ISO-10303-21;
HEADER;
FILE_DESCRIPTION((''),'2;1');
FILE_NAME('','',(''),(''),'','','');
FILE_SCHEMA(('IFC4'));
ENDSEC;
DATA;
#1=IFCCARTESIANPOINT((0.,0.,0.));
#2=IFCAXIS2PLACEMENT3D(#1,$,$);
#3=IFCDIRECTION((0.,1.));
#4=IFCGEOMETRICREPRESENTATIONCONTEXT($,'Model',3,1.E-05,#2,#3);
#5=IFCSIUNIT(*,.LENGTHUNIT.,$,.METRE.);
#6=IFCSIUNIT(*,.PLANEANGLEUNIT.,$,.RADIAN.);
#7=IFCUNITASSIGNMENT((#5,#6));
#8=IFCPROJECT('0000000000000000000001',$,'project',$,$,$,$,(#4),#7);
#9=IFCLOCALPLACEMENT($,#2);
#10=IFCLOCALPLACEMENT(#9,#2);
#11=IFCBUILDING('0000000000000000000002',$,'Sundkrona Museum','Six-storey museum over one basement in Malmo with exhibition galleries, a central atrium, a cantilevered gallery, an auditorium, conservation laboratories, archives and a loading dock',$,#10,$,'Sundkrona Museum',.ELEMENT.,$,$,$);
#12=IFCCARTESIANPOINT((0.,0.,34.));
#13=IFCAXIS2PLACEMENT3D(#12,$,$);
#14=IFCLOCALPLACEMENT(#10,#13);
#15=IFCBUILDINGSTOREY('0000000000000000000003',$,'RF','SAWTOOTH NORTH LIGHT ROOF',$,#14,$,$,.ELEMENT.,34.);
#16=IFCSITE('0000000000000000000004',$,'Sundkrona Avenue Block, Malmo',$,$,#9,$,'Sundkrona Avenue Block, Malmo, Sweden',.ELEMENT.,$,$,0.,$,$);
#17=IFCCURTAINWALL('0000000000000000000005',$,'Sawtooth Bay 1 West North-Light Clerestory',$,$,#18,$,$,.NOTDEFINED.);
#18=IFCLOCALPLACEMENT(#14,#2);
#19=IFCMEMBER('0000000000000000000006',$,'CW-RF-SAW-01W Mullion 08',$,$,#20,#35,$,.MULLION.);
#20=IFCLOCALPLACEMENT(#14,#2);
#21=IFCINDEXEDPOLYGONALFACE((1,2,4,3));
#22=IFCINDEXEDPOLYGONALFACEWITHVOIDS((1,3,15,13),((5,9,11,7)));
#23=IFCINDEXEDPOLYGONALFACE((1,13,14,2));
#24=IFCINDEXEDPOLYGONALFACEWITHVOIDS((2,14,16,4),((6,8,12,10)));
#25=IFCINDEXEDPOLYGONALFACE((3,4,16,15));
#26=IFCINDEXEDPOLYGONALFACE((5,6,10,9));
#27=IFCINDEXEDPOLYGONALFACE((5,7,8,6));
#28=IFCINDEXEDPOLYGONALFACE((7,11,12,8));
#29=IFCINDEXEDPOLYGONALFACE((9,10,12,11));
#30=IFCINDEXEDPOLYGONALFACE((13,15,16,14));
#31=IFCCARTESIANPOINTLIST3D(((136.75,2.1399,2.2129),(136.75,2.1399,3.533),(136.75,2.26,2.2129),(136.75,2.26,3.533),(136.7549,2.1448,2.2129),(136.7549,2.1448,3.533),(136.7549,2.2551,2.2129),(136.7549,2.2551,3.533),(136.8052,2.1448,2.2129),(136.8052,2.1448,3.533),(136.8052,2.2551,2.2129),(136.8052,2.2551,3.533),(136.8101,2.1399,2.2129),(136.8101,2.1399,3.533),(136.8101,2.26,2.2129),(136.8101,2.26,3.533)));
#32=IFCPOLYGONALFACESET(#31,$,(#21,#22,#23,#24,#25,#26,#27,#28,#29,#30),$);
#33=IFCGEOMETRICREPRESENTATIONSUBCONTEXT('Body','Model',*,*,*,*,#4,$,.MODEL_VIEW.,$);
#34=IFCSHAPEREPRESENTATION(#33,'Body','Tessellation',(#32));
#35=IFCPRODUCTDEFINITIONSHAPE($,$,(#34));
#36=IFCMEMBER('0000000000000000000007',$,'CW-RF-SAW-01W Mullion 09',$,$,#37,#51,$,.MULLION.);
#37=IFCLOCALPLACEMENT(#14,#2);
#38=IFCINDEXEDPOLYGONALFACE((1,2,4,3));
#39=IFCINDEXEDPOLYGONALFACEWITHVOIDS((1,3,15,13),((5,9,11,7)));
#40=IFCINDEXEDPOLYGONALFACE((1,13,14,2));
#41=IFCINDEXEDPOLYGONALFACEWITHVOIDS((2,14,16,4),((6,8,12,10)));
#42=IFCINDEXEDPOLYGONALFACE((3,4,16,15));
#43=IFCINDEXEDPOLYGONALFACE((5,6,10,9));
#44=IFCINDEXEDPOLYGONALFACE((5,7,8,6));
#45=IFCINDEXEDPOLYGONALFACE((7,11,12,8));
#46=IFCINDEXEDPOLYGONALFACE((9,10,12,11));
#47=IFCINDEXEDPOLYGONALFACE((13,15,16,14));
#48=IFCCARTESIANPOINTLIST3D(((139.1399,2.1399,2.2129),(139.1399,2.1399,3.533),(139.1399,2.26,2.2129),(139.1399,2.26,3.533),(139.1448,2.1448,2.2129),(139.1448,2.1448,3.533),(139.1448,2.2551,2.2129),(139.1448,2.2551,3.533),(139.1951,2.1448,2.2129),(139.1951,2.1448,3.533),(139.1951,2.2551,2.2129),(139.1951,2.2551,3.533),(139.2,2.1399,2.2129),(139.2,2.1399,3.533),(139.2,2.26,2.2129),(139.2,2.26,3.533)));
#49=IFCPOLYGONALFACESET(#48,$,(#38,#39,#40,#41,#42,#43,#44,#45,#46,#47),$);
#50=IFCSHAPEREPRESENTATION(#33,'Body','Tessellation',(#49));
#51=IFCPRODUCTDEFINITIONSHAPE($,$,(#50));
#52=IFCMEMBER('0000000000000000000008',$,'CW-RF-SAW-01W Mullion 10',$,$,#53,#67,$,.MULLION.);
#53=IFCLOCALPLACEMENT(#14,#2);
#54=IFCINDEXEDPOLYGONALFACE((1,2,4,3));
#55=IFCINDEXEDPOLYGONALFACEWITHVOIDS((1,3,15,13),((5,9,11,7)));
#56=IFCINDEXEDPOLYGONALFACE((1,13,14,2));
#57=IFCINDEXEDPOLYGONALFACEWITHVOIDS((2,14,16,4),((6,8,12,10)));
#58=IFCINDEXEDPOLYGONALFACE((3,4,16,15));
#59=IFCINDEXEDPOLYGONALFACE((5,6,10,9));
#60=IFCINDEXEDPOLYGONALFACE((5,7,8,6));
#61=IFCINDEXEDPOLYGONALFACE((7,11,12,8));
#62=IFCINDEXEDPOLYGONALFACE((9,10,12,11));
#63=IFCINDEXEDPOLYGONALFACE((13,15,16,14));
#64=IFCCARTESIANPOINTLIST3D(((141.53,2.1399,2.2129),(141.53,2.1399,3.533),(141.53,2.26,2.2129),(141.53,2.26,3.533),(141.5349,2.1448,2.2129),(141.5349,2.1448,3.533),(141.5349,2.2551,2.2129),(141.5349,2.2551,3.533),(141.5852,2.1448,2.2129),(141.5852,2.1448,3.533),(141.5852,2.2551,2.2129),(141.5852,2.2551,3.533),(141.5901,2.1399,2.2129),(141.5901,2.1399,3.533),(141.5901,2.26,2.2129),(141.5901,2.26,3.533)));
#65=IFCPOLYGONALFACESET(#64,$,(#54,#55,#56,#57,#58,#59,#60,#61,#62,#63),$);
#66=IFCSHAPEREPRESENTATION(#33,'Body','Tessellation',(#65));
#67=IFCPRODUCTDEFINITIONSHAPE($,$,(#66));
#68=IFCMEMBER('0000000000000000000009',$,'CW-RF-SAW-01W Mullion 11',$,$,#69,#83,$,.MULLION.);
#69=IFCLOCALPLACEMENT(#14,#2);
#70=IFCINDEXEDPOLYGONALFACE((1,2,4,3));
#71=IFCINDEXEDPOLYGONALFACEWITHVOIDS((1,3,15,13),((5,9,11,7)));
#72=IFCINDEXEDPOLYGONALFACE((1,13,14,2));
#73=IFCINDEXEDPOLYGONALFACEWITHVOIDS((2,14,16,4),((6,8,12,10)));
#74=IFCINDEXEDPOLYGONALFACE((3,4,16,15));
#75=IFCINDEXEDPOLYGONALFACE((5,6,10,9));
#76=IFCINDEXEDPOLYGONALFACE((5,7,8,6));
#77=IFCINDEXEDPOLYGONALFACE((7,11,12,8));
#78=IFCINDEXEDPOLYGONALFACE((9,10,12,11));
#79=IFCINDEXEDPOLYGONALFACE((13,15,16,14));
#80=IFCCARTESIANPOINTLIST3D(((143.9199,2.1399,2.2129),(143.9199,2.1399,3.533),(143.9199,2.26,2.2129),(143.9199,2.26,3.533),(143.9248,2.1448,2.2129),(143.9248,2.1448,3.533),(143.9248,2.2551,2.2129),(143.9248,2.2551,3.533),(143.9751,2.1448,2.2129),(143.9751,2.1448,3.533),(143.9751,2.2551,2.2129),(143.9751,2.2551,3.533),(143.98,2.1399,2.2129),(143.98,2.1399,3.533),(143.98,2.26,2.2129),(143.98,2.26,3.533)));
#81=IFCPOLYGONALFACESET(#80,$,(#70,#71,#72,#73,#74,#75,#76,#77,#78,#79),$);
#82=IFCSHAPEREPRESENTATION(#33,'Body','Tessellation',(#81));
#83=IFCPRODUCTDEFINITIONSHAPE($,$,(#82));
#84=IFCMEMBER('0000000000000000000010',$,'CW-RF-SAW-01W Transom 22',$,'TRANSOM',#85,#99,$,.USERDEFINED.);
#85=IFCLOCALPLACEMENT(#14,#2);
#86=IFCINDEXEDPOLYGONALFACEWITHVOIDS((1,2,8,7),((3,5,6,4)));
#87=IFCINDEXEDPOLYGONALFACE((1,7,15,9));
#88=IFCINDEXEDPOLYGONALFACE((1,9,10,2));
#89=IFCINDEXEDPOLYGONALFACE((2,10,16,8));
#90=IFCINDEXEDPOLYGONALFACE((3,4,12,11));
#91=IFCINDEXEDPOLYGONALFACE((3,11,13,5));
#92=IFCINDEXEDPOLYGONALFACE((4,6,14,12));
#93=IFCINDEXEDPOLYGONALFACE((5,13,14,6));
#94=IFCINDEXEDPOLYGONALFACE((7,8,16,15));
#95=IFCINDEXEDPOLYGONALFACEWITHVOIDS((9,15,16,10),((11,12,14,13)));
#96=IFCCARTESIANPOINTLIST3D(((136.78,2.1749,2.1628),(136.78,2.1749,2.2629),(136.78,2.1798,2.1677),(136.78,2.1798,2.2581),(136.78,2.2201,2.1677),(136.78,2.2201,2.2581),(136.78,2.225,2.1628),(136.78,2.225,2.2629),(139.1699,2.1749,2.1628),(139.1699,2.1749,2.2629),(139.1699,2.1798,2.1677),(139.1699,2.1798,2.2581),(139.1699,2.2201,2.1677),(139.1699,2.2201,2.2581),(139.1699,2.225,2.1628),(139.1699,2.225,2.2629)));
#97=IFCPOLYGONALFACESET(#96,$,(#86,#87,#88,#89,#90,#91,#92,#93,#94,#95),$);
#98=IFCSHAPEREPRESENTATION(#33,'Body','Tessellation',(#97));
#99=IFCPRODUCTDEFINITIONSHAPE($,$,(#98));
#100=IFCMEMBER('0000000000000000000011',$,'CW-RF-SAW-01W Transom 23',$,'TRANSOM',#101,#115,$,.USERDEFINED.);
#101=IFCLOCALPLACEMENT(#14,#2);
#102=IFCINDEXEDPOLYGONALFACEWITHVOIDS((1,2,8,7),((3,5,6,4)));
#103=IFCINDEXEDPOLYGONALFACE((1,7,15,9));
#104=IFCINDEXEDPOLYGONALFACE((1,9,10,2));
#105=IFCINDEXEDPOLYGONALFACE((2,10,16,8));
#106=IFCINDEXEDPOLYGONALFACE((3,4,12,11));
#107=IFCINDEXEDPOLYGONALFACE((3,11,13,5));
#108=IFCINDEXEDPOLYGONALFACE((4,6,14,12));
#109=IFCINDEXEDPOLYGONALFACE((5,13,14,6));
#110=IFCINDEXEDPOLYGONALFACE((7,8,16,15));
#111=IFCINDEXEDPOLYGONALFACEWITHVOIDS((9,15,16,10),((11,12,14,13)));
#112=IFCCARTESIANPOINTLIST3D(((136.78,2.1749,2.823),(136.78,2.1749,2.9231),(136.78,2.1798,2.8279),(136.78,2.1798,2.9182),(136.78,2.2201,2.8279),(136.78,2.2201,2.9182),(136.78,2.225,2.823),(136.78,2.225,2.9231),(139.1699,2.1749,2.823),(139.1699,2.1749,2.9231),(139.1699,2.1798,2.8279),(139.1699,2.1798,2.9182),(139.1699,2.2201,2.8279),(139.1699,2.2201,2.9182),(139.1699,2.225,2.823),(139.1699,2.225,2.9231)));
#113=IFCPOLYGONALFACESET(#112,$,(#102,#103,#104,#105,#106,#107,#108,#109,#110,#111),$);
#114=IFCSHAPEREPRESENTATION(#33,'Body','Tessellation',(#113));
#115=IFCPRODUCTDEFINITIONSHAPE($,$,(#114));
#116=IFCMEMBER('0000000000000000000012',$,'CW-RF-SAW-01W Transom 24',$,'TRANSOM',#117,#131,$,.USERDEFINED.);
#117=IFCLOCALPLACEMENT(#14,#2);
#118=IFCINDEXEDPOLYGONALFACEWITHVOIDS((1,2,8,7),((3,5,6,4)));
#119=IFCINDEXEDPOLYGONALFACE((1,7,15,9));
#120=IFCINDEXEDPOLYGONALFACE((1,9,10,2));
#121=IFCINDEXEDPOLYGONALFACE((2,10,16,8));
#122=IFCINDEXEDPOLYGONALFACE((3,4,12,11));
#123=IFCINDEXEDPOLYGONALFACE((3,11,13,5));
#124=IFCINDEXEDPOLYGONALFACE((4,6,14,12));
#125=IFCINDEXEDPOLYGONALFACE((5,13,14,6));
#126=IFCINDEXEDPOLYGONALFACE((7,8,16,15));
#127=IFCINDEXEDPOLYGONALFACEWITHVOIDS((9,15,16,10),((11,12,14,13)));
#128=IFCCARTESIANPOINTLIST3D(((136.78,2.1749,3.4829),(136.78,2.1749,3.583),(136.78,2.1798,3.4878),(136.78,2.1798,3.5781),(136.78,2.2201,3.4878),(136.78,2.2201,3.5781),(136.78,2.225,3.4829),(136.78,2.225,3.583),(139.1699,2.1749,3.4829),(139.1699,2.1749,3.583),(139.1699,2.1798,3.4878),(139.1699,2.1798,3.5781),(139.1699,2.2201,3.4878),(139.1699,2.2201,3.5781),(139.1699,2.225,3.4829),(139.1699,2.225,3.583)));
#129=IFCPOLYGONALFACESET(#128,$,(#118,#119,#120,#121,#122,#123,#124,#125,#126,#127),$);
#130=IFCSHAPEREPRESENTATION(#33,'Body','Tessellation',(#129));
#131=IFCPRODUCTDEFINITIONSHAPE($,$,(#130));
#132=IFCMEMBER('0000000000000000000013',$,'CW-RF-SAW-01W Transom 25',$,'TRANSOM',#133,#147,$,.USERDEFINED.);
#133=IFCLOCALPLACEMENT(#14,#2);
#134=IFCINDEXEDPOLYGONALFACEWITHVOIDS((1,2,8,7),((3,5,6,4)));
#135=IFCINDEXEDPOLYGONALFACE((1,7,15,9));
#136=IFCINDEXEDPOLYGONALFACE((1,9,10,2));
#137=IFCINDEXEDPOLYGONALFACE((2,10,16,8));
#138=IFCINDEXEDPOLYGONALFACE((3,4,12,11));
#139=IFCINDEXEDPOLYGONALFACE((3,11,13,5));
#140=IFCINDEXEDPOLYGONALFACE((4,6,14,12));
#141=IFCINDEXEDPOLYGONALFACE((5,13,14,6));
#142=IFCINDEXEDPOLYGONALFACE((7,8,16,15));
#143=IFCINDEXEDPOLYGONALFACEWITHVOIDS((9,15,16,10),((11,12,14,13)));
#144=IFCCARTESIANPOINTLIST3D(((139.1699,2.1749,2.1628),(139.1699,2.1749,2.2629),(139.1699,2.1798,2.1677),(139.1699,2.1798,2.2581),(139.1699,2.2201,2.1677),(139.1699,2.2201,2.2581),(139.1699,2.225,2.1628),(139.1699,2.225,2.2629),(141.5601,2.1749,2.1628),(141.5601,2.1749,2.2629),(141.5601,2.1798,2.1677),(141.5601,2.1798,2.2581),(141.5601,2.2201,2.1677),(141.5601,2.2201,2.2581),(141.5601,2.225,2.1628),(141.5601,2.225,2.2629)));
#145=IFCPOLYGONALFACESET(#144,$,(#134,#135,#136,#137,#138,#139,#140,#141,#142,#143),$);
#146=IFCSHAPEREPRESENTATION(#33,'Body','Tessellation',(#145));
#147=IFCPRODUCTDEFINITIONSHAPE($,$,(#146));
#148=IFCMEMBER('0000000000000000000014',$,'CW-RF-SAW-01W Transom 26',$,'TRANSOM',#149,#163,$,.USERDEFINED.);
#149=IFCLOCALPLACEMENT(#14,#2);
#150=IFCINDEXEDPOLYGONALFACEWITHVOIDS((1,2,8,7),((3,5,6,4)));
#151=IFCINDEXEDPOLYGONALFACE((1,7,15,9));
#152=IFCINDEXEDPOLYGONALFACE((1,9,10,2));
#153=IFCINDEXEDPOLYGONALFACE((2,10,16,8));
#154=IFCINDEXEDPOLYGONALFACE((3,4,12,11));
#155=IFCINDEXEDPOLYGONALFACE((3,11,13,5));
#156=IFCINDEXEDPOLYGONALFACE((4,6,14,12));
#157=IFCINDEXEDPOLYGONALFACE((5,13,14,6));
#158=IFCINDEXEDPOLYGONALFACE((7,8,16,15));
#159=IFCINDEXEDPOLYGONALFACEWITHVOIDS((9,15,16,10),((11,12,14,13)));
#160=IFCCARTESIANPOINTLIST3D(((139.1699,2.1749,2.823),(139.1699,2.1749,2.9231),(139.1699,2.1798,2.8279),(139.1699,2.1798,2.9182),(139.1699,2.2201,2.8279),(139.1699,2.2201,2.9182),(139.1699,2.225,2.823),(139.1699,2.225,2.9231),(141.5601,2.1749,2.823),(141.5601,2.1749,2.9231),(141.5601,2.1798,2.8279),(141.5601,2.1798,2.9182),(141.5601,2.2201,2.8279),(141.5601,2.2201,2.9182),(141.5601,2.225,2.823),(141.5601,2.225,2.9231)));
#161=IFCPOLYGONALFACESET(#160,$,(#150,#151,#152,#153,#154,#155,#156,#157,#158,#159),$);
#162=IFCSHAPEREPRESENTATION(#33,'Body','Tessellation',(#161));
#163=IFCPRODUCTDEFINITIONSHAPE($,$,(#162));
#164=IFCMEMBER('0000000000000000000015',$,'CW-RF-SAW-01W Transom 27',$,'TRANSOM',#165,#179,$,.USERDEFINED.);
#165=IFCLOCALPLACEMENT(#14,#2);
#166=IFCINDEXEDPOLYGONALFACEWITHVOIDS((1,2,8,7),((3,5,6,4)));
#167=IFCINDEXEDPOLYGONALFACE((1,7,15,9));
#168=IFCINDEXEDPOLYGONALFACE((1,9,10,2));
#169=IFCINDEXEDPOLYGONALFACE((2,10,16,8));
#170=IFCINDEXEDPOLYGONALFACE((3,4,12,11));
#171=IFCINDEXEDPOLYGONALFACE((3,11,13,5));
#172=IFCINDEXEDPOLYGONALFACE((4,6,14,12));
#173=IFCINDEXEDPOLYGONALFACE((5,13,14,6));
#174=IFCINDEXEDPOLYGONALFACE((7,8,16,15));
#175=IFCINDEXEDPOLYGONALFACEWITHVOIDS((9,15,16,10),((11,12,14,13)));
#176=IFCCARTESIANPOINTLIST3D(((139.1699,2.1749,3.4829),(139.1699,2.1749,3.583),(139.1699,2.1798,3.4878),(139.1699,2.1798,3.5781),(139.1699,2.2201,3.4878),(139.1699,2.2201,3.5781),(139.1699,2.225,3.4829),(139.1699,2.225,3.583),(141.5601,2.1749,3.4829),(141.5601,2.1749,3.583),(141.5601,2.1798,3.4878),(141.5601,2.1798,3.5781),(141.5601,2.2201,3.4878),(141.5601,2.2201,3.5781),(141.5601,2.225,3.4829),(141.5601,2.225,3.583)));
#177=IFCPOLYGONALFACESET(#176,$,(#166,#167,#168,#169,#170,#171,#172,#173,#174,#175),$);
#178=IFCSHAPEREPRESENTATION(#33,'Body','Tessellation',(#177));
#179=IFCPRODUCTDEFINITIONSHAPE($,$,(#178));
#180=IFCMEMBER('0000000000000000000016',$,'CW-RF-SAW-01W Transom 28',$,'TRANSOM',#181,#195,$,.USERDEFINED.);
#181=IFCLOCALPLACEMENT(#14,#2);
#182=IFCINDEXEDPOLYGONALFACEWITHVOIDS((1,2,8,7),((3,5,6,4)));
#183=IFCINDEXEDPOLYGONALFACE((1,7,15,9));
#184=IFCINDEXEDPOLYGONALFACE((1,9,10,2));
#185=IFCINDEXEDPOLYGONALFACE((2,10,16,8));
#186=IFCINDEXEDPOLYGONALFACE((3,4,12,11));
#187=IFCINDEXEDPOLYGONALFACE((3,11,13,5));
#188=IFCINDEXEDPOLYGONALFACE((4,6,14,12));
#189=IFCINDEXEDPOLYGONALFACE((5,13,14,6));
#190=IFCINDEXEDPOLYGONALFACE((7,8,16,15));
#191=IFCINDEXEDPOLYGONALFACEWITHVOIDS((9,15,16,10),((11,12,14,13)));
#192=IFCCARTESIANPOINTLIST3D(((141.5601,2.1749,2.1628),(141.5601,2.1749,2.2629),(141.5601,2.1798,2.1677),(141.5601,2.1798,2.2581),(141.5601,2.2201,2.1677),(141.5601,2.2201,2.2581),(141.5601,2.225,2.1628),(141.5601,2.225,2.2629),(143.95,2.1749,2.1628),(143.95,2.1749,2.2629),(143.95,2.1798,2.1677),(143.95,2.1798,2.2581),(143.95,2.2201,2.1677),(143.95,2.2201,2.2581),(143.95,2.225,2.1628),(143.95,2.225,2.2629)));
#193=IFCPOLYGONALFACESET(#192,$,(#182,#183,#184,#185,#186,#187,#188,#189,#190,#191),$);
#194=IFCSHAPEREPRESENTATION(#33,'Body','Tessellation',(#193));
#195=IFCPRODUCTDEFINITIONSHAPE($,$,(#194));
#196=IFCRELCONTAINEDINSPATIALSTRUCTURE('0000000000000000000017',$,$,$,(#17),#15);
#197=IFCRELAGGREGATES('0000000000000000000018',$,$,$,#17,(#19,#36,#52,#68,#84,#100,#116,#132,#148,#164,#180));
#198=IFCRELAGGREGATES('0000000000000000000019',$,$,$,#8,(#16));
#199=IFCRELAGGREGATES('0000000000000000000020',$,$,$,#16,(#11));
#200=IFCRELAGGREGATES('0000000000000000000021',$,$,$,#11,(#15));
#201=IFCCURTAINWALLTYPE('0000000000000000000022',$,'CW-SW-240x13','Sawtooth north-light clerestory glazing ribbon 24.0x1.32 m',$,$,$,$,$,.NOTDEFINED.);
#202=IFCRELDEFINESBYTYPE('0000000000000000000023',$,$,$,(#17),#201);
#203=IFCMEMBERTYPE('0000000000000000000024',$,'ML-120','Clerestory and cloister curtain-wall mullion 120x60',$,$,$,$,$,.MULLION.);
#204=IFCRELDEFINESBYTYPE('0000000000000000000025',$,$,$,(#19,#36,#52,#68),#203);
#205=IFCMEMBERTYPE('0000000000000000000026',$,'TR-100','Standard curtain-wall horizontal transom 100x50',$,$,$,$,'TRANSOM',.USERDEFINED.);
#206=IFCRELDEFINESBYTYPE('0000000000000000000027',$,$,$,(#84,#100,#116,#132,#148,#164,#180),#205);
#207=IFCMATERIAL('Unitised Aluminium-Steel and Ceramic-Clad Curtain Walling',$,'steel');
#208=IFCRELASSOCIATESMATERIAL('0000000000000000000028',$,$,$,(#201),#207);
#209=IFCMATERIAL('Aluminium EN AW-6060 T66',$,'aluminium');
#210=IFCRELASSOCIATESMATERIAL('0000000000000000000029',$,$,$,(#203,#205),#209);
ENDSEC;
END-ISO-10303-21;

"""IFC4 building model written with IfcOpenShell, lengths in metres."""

from ifc_helpers import new_model, si_unit, direction, frame, origin, origin_2d, place, context, subcontext, project, spatial, hollow_rectangle, extrude, material, material_profile, profile_set, type_object, element, aggregate, save


model = new_model("IFC4")

# Units and contexts
model_context = context("Model", 3, precision=1e-05, world=origin(), true_north=direction((0.0, 1.0)))
body_context = subcontext(model_context, "Body", "Model", "MODEL_VIEW")
ifc_project = project(units=[si_unit("LENGTHUNIT", "METRE"), si_unit("PLANEANGLEUNIT", "RADIAN")], contexts=[model_context])

# Site, building, storey
site_placement = place(None, origin())
site = spatial("IfcSite", under=ifc_project, at=site_placement, Name="Sundkrona Avenue Block, Malmo", LongName="Sundkrona Avenue Block, Malmo, Sweden", CompositionType="ELEMENT", RefElevation=0.0)
building_placement = place(site_placement, origin())
building = spatial("IfcBuilding", under=site, at=building_placement, Name="Sundkrona Museum", Description="Six-storey museum over one basement in Malmo with exhibition galleries, a central atrium, a cantilevered gallery, an auditorium, conservation laboratories, archives and a loading dock", LongName="Sundkrona Museum", CompositionType="ELEMENT")
storey_placement = place(building_placement, frame((0.0, 0.0, 34.0)))
storey = spatial("IfcBuildingStorey", under=building, at=storey_placement, Name="RF", Description="SAWTOOTH NORTH LIGHT ROOF", CompositionType="ELEMENT", Elevation=34.0)

# Curtain wall, members
ifc_material_1 = material(Name="Unitised Aluminium-Steel and Ceramic-Clad Curtain Walling", Category="steel")
curtain_wall_type = type_object("IfcCurtainWallType", Name="CW-SW-240x13", Description="Sawtooth north-light clerestory glazing ribbon 24.0x1.32 m", PredefinedType="NOTDEFINED", material=ifc_material_1)
curtain_wall_placement = place(storey_placement, origin())
curtain_wall = element("IfcCurtainWall", 1, at=curtain_wall_placement, inside=storey, type_object=curtain_wall_type, Name="Sawtooth Bay 1 West North-Light Clerestory", PredefinedType="NOTDEFINED")
ifc_material_2 = material(Name="Aluminium EN AW-6060 T66", Category="aluminium")
ifc_material_profile_1 = material_profile(ifc_material_2, hollow_rectangle(XDim=0.0601, YDim=0.1201, WallThickness=0.0049, at=origin_2d()), Name="RHS 120x60x5.0")
ifc_profile_set_1 = profile_set([ifc_material_profile_1], Name="Aluminium EN AW-6060 T66")
member_type_1 = type_object("IfcMemberType", Name="ML-120", Description="Clerestory and cloister curtain-wall mullion 120x60", PredefinedType="MULLION", material=ifc_profile_set_1)
member_1_placement = place(storey_placement, frame((136.78, 2.2, 2.2129), z_axis=(0.0, 0.0, 1.0), x_axis=(1.0, 0.0, 0.0)))
member_1 = element("IfcMember", 2, at=member_1_placement, type_object=member_type_1, Name="CW-RF-SAW-01W Mullion 08", PredefinedType="MULLION", context=body_context, shape_type="SweptSolid", body=[
    extrude(hollow_rectangle(XDim=0.0601, YDim=0.1201, WallThickness=0.0049, at=origin_2d()), origin(), (0.0, 0.0, 1.0), 1.3201),
])
member_2_placement = place(storey_placement, frame((139.1699, 2.2, 2.2129), z_axis=(0.0, 0.0, 1.0), x_axis=(1.0, 0.0, 0.0)))
member_2 = element("IfcMember", 3, at=member_2_placement, type_object=member_type_1, Name="CW-RF-SAW-01W Mullion 09", PredefinedType="MULLION", context=body_context, shape_type="SweptSolid", body=[
    extrude(hollow_rectangle(XDim=0.0601, YDim=0.1201, WallThickness=0.0049, at=origin_2d()), origin(), (0.0, 0.0, 1.0), 1.3201),
])
member_3_placement = place(storey_placement, frame((141.5601, 2.2, 2.2129), z_axis=(0.0, 0.0, 1.0), x_axis=(1.0, 0.0, 0.0)))
member_3 = element("IfcMember", 4, at=member_3_placement, type_object=member_type_1, Name="CW-RF-SAW-01W Mullion 10", PredefinedType="MULLION", context=body_context, shape_type="SweptSolid", body=[
    extrude(hollow_rectangle(XDim=0.0601, YDim=0.1201, WallThickness=0.0049, at=origin_2d()), origin(), (0.0, 0.0, 1.0), 1.3201),
])
member_4_placement = place(storey_placement, frame((143.95, 2.2, 2.2129), z_axis=(0.0, 0.0, 1.0), x_axis=(1.0, 0.0, 0.0)))
member_4 = element("IfcMember", 5, at=member_4_placement, type_object=member_type_1, Name="CW-RF-SAW-01W Mullion 11", PredefinedType="MULLION", context=body_context, shape_type="SweptSolid", body=[
    extrude(hollow_rectangle(XDim=0.0601, YDim=0.1201, WallThickness=0.0049, at=origin_2d()), origin(), (0.0, 0.0, 1.0), 1.3201),
])
ifc_material_profile_2 = material_profile(ifc_material_2, hollow_rectangle(XDim=0.05, YDim=0.1001, WallThickness=0.0049, at=origin_2d()), Name="RHS 100x50x5.0")
ifc_profile_set_2 = profile_set([ifc_material_profile_2], Name="Aluminium EN AW-6060 T66")
member_type_2 = type_object("IfcMemberType", Name="TR-100", Description="Standard curtain-wall horizontal transom 100x50", ElementType="TRANSOM", PredefinedType="USERDEFINED", material=ifc_profile_set_2)
member_5_placement = place(storey_placement, frame((136.78, 2.2, 2.2129), z_axis=(1.0, 0.0, 0.0), x_axis=(0.0, 1.0, 0.0)))
member_5 = element("IfcMember", 6, at=member_5_placement, type_object=member_type_2, Name="CW-RF-SAW-01W Transom 22", ObjectType="TRANSOM", PredefinedType="USERDEFINED", context=body_context, shape_type="SweptSolid", body=[
    extrude(hollow_rectangle(XDim=0.05, YDim=0.1001, WallThickness=0.0049, at=origin_2d()), origin(), (0.0, 0.0, 1.0), 2.3899),
])
member_6_placement = place(storey_placement, frame((136.78, 2.2, 2.873), z_axis=(1.0, 0.0, 0.0), x_axis=(0.0, 1.0, 0.0)))
member_6 = element("IfcMember", 7, at=member_6_placement, type_object=member_type_2, Name="CW-RF-SAW-01W Transom 23", ObjectType="TRANSOM", PredefinedType="USERDEFINED", context=body_context, shape_type="SweptSolid", body=[
    extrude(hollow_rectangle(XDim=0.05, YDim=0.1001, WallThickness=0.0049, at=origin_2d()), origin(), (0.0, 0.0, 1.0), 2.3899),
])
member_7_placement = place(storey_placement, frame((136.78, 2.2, 3.533), z_axis=(1.0, 0.0, 0.0), x_axis=(0.0, 1.0, 0.0)))
member_7 = element("IfcMember", 8, at=member_7_placement, type_object=member_type_2, Name="CW-RF-SAW-01W Transom 24", ObjectType="TRANSOM", PredefinedType="USERDEFINED", context=body_context, shape_type="SweptSolid", body=[
    extrude(hollow_rectangle(XDim=0.05, YDim=0.1001, WallThickness=0.0049, at=origin_2d()), origin(), (0.0, 0.0, 1.0), 2.3899),
])
member_8_placement = place(storey_placement, frame((139.1699, 2.2, 2.2129), z_axis=(1.0, 0.0, 0.0), x_axis=(0.0, 1.0, 0.0)))
member_8 = element("IfcMember", 9, at=member_8_placement, type_object=member_type_2, Name="CW-RF-SAW-01W Transom 25", ObjectType="TRANSOM", PredefinedType="USERDEFINED", context=body_context, shape_type="SweptSolid", body=[
    extrude(hollow_rectangle(XDim=0.05, YDim=0.1001, WallThickness=0.0049, at=origin_2d()), origin(), (0.0, 0.0, 1.0), 2.3901),
])
member_9_placement = place(storey_placement, frame((139.1699, 2.2, 2.873), z_axis=(1.0, 0.0, 0.0), x_axis=(0.0, 1.0, 0.0)))
member_9 = element("IfcMember", 10, at=member_9_placement, type_object=member_type_2, Name="CW-RF-SAW-01W Transom 26", ObjectType="TRANSOM", PredefinedType="USERDEFINED", context=body_context, shape_type="SweptSolid", body=[
    extrude(hollow_rectangle(XDim=0.05, YDim=0.1001, WallThickness=0.0049, at=origin_2d()), origin(), (0.0, 0.0, 1.0), 2.3901),
])
member_10_placement = place(storey_placement, frame((139.1699, 2.2, 3.533), z_axis=(1.0, 0.0, 0.0), x_axis=(0.0, 1.0, 0.0)))
member_10 = element("IfcMember", 11, at=member_10_placement, type_object=member_type_2, Name="CW-RF-SAW-01W Transom 27", ObjectType="TRANSOM", PredefinedType="USERDEFINED", context=body_context, shape_type="SweptSolid", body=[
    extrude(hollow_rectangle(XDim=0.05, YDim=0.1001, WallThickness=0.0049, at=origin_2d()), origin(), (0.0, 0.0, 1.0), 2.3901),
])
member_11_placement = place(storey_placement, frame((141.5601, 2.2, 2.2129), z_axis=(1.0, 0.0, 0.0), x_axis=(0.0, 1.0, 0.0)))
member_11 = element("IfcMember", 12, at=member_11_placement, type_object=member_type_2, Name="CW-RF-SAW-01W Transom 28", ObjectType="TRANSOM", PredefinedType="USERDEFINED", context=body_context, shape_type="SweptSolid", body=[
    extrude(hollow_rectangle(XDim=0.05, YDim=0.1001, WallThickness=0.0049, at=origin_2d()), origin(), (0.0, 0.0, 1.0), 2.3899),
])
aggregate(curtain_wall, [member_1, member_2, member_3, member_4, member_5, member_6, member_7, member_8, member_9, member_10, member_11])

save(model, "model.ifc")
